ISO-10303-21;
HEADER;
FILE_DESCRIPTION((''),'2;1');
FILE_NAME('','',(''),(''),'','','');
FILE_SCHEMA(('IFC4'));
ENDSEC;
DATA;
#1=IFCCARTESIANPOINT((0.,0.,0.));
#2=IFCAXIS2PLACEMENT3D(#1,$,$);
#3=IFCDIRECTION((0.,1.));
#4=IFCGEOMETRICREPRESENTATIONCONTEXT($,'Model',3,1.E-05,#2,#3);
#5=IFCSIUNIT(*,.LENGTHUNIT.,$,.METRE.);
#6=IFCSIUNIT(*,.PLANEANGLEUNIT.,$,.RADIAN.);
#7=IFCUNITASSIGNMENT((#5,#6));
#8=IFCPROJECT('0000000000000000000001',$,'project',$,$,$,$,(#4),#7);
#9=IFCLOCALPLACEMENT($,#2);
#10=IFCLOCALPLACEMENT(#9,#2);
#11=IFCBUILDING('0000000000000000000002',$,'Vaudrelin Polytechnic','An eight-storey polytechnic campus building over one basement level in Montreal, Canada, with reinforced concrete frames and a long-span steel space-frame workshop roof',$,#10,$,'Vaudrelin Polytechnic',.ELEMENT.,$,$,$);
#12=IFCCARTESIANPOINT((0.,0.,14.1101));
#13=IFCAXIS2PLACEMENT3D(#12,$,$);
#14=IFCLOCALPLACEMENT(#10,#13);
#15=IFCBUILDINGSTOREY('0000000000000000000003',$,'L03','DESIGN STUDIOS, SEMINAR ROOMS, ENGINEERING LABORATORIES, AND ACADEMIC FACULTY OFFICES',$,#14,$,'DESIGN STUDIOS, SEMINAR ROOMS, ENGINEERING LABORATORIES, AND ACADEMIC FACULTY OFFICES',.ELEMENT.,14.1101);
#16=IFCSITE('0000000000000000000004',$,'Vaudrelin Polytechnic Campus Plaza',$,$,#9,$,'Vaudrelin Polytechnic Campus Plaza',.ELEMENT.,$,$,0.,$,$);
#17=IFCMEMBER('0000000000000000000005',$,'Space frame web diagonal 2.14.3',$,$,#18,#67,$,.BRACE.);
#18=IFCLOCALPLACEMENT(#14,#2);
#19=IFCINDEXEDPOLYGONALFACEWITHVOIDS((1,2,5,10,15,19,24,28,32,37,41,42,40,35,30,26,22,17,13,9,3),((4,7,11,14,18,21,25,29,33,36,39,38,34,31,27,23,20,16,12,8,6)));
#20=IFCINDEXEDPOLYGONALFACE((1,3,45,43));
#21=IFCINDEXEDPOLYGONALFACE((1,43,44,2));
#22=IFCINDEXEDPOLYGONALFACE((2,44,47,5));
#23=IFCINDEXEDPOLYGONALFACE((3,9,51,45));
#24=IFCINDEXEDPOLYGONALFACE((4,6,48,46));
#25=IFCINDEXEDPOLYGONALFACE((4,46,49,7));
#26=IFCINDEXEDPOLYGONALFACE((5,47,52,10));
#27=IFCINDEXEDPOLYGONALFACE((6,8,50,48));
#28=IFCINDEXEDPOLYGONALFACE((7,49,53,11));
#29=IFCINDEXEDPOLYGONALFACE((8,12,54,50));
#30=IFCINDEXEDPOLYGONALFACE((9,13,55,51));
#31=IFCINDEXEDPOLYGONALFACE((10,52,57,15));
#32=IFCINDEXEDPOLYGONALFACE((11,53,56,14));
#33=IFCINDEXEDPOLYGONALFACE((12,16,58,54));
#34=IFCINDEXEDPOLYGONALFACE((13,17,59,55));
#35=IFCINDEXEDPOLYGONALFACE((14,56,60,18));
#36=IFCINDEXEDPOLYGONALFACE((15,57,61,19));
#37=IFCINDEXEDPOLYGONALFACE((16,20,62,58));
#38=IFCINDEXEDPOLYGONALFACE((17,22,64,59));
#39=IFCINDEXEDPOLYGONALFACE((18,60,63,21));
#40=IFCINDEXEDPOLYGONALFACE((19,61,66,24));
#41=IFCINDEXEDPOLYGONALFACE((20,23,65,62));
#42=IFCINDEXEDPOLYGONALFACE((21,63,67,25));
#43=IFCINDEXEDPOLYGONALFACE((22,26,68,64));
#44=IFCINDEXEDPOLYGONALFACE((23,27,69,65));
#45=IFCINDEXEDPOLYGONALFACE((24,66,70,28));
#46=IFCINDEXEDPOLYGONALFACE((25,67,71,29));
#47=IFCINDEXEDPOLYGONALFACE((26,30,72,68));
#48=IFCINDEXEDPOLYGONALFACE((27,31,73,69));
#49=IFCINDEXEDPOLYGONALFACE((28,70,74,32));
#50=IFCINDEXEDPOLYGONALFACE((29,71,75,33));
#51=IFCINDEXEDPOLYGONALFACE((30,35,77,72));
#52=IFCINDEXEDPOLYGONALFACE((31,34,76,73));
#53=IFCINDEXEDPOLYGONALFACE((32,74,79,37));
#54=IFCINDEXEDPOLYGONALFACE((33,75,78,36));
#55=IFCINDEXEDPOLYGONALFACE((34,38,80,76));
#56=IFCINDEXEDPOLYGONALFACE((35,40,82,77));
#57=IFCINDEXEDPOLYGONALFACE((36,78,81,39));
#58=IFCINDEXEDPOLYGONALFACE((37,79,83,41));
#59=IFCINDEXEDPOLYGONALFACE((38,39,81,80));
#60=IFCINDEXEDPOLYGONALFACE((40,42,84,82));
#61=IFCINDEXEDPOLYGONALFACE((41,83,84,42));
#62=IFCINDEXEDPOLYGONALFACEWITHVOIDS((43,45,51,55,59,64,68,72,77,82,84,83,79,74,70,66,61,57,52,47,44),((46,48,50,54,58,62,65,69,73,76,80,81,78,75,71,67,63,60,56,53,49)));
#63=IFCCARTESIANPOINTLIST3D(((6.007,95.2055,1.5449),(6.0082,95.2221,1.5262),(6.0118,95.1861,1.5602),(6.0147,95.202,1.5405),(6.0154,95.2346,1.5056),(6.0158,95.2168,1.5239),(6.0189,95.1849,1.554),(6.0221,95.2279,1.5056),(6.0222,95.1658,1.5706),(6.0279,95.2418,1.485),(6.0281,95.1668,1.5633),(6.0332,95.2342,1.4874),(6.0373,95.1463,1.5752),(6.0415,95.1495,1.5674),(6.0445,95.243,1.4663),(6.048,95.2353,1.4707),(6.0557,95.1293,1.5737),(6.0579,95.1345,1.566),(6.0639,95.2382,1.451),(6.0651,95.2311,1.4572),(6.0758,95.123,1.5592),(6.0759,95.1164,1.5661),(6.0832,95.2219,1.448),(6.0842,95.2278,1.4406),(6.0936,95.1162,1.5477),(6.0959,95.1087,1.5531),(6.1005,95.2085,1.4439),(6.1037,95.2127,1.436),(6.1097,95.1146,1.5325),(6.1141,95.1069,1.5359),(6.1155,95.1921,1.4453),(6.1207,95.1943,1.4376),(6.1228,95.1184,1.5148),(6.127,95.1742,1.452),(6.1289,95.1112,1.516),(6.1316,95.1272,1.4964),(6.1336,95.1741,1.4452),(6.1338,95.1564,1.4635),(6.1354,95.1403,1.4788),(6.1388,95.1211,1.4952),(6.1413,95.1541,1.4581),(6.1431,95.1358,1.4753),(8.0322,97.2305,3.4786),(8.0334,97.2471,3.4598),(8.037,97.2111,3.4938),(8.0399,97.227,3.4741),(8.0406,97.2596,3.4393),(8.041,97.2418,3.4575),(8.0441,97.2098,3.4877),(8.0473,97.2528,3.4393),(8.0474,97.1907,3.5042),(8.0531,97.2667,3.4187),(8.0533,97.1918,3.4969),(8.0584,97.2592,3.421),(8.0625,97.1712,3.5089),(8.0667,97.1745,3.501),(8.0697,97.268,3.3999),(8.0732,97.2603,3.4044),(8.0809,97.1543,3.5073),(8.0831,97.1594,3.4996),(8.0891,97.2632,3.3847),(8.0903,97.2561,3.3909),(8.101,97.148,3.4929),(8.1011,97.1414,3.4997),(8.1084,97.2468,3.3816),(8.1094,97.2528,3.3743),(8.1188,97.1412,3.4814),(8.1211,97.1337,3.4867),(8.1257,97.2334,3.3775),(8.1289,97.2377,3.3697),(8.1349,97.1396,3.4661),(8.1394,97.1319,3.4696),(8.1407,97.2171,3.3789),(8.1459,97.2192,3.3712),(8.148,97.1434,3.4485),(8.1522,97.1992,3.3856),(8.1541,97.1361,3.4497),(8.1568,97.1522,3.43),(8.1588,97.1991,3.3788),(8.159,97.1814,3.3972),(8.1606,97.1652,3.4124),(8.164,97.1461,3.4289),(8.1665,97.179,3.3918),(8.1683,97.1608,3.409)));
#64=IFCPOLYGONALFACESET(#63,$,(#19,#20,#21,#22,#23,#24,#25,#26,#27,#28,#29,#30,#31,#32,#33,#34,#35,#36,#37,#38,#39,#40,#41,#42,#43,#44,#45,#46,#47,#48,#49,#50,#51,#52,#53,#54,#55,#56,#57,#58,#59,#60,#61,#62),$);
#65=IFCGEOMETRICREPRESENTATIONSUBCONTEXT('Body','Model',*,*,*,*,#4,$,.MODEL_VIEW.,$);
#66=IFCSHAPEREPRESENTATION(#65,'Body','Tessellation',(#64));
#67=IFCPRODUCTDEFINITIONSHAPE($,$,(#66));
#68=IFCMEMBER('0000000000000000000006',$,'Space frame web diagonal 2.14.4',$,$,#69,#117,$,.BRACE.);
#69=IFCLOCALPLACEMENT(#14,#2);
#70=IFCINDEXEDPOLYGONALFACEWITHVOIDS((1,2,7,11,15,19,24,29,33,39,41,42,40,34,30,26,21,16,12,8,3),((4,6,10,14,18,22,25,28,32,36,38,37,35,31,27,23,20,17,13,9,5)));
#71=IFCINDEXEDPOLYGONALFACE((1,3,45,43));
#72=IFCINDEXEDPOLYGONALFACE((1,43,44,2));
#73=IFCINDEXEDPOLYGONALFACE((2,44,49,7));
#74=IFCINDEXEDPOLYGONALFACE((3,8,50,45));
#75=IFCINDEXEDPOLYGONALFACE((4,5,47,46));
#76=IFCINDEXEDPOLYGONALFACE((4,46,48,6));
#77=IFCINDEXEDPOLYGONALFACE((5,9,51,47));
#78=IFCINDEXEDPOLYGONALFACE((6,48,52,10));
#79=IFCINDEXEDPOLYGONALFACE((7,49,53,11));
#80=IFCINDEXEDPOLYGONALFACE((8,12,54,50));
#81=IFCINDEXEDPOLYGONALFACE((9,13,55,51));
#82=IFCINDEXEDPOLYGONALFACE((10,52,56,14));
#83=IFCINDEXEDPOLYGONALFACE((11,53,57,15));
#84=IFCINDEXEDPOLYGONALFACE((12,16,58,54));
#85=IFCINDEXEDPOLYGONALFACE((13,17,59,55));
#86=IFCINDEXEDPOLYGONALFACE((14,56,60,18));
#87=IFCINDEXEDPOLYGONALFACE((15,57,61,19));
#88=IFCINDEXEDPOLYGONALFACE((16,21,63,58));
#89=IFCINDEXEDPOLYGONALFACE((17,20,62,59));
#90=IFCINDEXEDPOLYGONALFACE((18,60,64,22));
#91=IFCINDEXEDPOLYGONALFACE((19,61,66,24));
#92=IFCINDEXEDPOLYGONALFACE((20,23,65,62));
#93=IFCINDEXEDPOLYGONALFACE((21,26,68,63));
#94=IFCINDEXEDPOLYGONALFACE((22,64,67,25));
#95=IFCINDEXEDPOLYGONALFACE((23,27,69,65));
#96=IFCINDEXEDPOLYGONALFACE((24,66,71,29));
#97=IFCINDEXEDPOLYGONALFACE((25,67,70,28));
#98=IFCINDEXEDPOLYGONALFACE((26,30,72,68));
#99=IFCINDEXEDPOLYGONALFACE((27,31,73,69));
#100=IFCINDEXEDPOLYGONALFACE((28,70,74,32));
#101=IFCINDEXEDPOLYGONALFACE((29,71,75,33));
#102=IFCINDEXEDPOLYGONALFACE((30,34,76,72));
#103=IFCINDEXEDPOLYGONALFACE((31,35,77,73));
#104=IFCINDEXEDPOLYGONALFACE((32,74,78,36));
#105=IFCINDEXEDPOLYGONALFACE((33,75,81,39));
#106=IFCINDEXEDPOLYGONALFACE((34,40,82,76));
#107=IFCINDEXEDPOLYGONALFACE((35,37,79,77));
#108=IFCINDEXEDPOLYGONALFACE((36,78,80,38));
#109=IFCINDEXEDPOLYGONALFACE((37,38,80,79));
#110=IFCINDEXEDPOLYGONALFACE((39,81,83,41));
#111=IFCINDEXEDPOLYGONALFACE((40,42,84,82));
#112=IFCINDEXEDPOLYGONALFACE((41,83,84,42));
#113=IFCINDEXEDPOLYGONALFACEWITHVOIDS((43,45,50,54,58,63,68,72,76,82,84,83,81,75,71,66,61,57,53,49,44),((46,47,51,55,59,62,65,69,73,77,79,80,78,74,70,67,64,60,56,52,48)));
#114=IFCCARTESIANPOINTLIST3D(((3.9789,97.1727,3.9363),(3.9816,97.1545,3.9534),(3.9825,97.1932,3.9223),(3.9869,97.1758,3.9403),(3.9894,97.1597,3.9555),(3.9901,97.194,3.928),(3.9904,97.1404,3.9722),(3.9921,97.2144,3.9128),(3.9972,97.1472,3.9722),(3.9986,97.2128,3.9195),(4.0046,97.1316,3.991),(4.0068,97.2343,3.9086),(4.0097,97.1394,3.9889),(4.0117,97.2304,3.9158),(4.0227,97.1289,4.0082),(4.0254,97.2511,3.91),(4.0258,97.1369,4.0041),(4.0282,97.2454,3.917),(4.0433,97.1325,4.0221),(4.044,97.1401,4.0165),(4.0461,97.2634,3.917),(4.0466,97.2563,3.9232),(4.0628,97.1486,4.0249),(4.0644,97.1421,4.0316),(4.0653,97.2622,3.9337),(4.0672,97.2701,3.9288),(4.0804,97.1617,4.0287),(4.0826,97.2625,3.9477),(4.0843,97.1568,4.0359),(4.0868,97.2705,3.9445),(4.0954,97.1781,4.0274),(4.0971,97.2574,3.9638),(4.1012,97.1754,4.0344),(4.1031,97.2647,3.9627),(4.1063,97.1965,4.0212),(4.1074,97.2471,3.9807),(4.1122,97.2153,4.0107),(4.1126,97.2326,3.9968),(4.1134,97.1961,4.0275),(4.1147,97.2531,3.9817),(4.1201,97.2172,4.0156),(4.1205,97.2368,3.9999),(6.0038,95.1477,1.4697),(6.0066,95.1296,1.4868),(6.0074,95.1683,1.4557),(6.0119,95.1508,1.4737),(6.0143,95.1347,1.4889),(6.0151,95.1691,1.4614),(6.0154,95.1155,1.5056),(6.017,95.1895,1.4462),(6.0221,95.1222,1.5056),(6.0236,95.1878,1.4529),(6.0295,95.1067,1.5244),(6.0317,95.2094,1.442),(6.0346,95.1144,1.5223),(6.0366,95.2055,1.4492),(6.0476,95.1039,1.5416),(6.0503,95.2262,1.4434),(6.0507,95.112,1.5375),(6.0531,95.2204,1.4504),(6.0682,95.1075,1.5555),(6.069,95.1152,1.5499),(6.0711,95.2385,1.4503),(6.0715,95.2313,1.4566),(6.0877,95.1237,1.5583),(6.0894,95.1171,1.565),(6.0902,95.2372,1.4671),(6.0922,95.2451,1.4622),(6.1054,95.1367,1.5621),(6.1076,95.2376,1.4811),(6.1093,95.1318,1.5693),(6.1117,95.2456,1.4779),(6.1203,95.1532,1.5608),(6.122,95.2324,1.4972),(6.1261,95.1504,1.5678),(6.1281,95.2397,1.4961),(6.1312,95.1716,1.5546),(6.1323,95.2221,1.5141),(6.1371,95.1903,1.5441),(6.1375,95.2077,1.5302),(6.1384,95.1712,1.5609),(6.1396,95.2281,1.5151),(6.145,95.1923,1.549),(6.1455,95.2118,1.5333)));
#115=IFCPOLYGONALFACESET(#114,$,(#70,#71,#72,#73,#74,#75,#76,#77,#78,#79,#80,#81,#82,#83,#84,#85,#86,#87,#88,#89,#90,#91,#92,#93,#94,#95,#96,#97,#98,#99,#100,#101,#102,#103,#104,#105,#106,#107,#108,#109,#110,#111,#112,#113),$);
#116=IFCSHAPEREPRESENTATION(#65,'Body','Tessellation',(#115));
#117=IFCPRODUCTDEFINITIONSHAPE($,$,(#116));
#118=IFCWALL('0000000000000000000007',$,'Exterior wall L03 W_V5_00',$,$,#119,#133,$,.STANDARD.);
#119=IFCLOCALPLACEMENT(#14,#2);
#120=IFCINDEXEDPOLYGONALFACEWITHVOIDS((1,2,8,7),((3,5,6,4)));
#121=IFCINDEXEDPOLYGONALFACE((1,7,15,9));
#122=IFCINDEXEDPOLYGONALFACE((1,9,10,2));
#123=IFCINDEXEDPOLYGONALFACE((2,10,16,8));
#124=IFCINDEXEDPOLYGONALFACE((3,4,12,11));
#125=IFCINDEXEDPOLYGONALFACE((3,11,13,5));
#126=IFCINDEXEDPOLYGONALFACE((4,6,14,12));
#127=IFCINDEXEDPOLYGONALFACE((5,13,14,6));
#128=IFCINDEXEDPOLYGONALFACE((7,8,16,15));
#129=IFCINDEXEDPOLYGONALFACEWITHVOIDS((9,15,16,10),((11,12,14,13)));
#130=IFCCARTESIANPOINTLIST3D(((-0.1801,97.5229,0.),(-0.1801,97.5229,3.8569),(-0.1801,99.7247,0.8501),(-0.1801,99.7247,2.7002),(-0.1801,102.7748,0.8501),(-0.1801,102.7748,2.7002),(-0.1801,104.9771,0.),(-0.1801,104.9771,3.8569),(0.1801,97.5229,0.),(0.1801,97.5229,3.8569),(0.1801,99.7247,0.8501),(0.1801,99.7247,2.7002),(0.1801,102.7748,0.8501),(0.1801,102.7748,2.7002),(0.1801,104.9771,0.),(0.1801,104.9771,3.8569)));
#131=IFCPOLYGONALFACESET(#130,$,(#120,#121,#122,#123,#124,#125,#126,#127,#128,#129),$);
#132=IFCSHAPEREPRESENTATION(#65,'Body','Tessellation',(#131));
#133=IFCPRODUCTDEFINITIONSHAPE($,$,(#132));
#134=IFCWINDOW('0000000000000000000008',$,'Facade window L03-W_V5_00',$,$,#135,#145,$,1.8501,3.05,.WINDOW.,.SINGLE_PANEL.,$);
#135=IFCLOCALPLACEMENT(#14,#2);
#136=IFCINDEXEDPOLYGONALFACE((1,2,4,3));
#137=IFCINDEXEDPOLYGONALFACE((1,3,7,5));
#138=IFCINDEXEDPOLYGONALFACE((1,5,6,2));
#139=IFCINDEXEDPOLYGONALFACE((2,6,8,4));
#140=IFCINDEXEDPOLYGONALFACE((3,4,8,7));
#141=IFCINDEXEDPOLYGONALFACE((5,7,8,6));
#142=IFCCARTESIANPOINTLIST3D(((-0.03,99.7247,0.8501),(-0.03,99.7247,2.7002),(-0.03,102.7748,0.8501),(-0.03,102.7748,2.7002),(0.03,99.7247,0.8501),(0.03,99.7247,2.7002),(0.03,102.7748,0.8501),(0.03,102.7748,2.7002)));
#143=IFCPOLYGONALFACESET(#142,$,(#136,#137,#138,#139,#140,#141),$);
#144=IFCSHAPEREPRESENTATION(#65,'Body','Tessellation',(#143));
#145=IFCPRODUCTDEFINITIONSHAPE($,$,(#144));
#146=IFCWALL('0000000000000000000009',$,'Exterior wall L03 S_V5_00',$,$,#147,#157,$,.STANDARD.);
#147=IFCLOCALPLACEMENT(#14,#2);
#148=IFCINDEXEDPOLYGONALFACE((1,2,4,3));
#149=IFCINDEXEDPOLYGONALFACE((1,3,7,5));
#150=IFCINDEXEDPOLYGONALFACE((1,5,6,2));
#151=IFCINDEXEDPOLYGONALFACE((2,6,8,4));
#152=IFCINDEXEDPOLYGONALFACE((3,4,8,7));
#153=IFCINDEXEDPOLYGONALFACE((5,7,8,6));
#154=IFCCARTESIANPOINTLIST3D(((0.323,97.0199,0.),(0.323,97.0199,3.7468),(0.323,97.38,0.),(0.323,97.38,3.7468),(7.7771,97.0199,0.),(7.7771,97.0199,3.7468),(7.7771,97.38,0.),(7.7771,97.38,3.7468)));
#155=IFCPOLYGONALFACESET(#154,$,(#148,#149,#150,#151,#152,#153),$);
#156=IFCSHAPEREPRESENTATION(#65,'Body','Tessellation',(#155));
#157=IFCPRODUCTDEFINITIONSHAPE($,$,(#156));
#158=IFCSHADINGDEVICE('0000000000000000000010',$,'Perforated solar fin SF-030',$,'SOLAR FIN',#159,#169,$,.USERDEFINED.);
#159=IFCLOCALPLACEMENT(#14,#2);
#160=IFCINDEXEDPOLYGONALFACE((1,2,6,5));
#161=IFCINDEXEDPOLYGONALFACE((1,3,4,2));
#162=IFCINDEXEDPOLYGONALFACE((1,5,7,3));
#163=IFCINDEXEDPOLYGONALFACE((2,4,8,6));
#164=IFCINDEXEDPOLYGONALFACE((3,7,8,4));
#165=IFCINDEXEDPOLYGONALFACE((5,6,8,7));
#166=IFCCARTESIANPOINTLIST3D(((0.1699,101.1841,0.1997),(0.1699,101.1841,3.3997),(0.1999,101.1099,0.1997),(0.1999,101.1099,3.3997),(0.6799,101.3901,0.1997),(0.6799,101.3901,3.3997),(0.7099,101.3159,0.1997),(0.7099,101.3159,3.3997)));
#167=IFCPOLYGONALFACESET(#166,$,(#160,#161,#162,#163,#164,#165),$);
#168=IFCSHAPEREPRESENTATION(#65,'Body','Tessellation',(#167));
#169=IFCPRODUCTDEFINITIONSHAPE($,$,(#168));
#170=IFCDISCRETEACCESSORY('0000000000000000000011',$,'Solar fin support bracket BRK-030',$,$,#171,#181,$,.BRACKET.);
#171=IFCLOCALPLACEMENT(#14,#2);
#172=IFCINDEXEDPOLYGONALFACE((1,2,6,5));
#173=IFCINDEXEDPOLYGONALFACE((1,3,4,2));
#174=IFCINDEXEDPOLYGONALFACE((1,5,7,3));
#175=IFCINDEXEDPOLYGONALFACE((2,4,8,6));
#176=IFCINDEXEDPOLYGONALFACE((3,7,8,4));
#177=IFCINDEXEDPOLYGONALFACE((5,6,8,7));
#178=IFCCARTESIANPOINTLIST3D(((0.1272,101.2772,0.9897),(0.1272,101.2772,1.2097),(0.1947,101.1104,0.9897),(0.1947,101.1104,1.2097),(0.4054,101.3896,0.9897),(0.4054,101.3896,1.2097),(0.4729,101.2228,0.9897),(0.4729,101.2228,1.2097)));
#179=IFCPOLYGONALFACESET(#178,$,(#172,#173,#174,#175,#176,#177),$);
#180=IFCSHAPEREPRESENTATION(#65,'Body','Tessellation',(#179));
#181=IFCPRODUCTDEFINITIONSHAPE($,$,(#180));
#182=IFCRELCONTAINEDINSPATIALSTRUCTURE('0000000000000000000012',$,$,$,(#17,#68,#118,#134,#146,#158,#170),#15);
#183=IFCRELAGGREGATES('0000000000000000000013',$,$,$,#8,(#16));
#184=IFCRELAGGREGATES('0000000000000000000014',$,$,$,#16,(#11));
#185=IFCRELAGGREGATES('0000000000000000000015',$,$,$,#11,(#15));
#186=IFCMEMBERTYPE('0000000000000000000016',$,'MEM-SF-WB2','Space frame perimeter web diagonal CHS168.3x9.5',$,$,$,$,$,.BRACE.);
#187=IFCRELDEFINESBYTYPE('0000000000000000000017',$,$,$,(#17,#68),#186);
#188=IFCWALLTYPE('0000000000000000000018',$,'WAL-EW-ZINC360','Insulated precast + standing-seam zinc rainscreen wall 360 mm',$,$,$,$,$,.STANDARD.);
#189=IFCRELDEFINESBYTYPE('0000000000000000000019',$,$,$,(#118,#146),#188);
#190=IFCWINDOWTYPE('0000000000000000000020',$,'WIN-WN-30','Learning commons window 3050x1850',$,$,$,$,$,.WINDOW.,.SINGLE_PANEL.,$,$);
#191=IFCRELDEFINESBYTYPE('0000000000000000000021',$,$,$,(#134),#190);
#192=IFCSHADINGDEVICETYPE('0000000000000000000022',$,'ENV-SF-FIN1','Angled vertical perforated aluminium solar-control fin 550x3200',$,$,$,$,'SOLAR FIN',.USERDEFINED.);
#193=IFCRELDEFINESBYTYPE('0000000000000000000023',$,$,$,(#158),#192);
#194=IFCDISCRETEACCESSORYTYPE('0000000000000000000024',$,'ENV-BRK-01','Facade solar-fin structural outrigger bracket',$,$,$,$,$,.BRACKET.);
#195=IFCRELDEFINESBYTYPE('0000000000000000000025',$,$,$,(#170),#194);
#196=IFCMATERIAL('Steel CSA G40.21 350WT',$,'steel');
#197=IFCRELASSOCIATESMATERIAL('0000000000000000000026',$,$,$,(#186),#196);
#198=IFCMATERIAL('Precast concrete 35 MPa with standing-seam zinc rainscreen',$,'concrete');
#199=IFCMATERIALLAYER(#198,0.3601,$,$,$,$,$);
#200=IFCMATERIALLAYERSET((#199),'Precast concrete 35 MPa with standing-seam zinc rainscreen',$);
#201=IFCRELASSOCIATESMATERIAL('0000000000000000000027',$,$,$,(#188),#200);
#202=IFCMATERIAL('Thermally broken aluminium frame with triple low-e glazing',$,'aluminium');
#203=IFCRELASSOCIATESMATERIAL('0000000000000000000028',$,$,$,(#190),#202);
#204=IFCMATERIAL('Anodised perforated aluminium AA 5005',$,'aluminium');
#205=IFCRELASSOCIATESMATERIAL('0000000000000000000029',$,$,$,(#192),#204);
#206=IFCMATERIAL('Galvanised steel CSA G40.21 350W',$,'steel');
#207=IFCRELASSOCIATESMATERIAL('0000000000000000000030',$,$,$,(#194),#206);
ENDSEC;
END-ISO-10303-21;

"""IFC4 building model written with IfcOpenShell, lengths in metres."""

from ifc_helpers import new_model, si_unit, direction, frame, frame_2d, origin, origin_2d, place, context, subcontext, project, spatial, rectangle, hollow_circle, extrude, material, layer, layer_set, material_profile, profile_set, type_object, element, fill, save


model = new_model("IFC4")

# Units and contexts
model_context = context("Model", 3, precision=1e-05, world=origin(), true_north=direction((0.0, 1.0)))
body_context = subcontext(model_context, "Body", "Model", "MODEL_VIEW")
ifc_project = project(units=[si_unit("LENGTHUNIT", "METRE"), si_unit("PLANEANGLEUNIT", "RADIAN")], contexts=[model_context])

# Site, building, storey
site_placement = place(None, origin())
site = spatial("IfcSite", under=ifc_project, at=site_placement, Name="Vaudrelin Polytechnic Campus Plaza", LongName="Vaudrelin Polytechnic Campus Plaza", CompositionType="ELEMENT", RefElevation=0.0)
building_placement = place(site_placement, origin())
building = spatial("IfcBuilding", under=site, at=building_placement, Name="Vaudrelin Polytechnic", Description="An eight-storey polytechnic campus building over one basement level in Montreal, Canada, with reinforced concrete frames and a long-span steel space-frame workshop roof", LongName="Vaudrelin Polytechnic", CompositionType="ELEMENT")
storey_placement = place(building_placement, frame((0.0, 0.0, 14.1101)))
storey = spatial("IfcBuildingStorey", under=building, at=storey_placement, Name="L03", Description="DESIGN STUDIOS, SEMINAR ROOMS, ENGINEERING LABORATORIES, AND ACADEMIC FACULTY OFFICES", LongName="DESIGN STUDIOS, SEMINAR ROOMS, ENGINEERING LABORATORIES, AND ACADEMIC FACULTY OFFICES", CompositionType="ELEMENT", Elevation=14.1101)

# Shared definitions
ifc_material_1 = material(Name="Steel CSA G40.21 350WT", Category="steel")

# Members
ifc_material_profile_1 = material_profile(ifc_material_1, hollow_circle(Radius=0.0842, WallThickness=0.0095, at=origin_2d()), Name="CHS168.3x9.5")
ifc_profile_set_1 = profile_set([ifc_material_profile_1], Name="Steel CSA G40.21 350WT")
member_type_1 = type_object("IfcMemberType", Name="MEM-SF-WB2", Description="Space frame perimeter web diagonal CHS168.3x9.5", PredefinedType="BRACE", material=ifc_profile_set_1)
for number, where, z_axis, x_axis, name in (
    (1, (6.075, 95.175, 1.5056), (0.586071, 0.586, 0.559576), (-0.707064, 0.707149, 0.0), "Space frame web diagonal 2.14.3"),
):
    element("IfcMember", number, at=place(storey_placement, frame(where, z_axis=z_axis, x_axis=x_axis)), inside=storey, type_object=member_type_1, Name=name, PredefinedType="BRACE", context=body_context, shape_type="SweptSolid", body=[
        extrude(hollow_circle(Radius=0.0842, WallThickness=0.0095, at=origin_2d()), origin(), (0.0, 0.0, 1.0), 3.4556),
    ])
member_1_placement = place(storey_placement, frame((6.075, 95.175, 1.5056), z_axis=(-0.535765, 0.535765, 0.65262), x_axis=(-0.707107, -0.707107, 0.0)))
element("IfcMember", 2, at=member_1_placement, inside=storey, type_object=member_type_1, Name="Space frame web diagonal 2.14.4", PredefinedType="BRACE", context=body_context, shape_type="SweptSolid", body=[
    extrude(hollow_circle(Radius=0.0842, WallThickness=0.0095, at=origin_2d()), origin(), (0.0, 0.0, 1.0), 3.7795),
])

# Wall, opening, window
ifc_material_2 = material(Name="Precast concrete 35 MPa with standing-seam zinc rainscreen", Category="concrete")
ifc_layer = layer(ifc_material_2, 0.3601)
ifc_layer_set = layer_set([ifc_layer], Name="Precast concrete 35 MPa with standing-seam zinc rainscreen")
wall_type = type_object("IfcWallType", Name="WAL-EW-ZINC360", Description="Insulated precast + standing-seam zinc rainscreen wall 360 mm", PredefinedType="STANDARD", material=ifc_layer_set)
wall_1_placement = place(storey_placement, frame((0.0, 97.5229, 0.0), z_axis=(0.0, 0.0, 1.0), x_axis=(0.0, 1.0, 0.0)))
wall_1 = element("IfcWall", 3, at=wall_1_placement, inside=storey, type_object=wall_type, Name="Exterior wall L03 W_V5_00", PredefinedType="STANDARD", context=body_context, shape_type="SweptSolid", body=[
    extrude(rectangle(XDim=7.4541, YDim=0.3601, at=frame_2d((3.7271, 0.0))), origin(), (0.0, 0.0, 1.0), 3.8569),
])
opening_placement = place(wall_1_placement, frame((2.2019, 0.0, 0.8501)))
opening = element("IfcOpeningElement", 4, at=opening_placement, cuts=wall_1, PredefinedType="OPENING", context=body_context, shape_type="SweptSolid", body=[
    extrude(rectangle(XDim=3.05, YDim=1.8501, at=frame_2d((1.5249, 0.925))), frame((0.0, 0.1899, 0.0), z_axis=(0.0, -1.0, 0.0), x_axis=(1.0, 0.0, 0.0)), (0.0, 0.0, 1.0), 0.3801),
])
ifc_material_3 = material(Name="Thermally broken aluminium frame with triple low-e glazing", Category="aluminium")
window_type = type_object("IfcWindowType", Name="WIN-WN-30", Description="Learning commons window 3050x1850", PartitioningType="SINGLE_PANEL", PredefinedType="WINDOW", material=ifc_material_3)
window_placement = place(opening_placement, origin())
window = element("IfcWindow", 5, at=window_placement, inside=storey, type_object=window_type, Name="Facade window L03-W_V5_00", OverallHeight=1.8501, OverallWidth=3.05, PartitioningType="SINGLE_PANEL", PredefinedType="WINDOW", context=body_context, shape_type="SweptSolid", body=[
    extrude(rectangle(XDim=3.05, YDim=1.8501, at=frame_2d((1.5249, 0.925))), frame((0.0, 0.03, 0.0), z_axis=(0.0, -1.0, 0.0), x_axis=(1.0, 0.0, 0.0)), (0.0, 0.0, 1.0), 0.0601),
])
fill(opening, window)

# Wall
wall_2_placement = place(storey_placement, frame((0.323, 97.2, 0.0), z_axis=(0.0, 0.0, 1.0), x_axis=(1.0, 0.0, 0.0)))
element("IfcWall", 6, at=wall_2_placement, inside=storey, type_object=wall_type, Name="Exterior wall L03 S_V5_00", PredefinedType="STANDARD", context=body_context, shape_type="SweptSolid", body=[
    extrude(rectangle(XDim=7.4541, YDim=0.3601, at=frame_2d((3.7271, 0.0))), origin(), (0.0, 0.0, 1.0), 3.7468),
])

# Shading device
ifc_material_4 = material(Name="Anodised perforated aluminium AA 5005", Category="aluminium")
shading_device_type = type_object("IfcShadingDeviceType", Name="ENV-SF-FIN1", Description="Angled vertical perforated aluminium solar-control fin 550x3200", ElementType="SOLAR FIN", PredefinedType="USERDEFINED", material=ifc_material_4)
shading_device_placement = place(storey_placement, frame((0.4399, 101.25, 0.1997), z_axis=(0.0, 0.0, 1.0), x_axis=(0.927184, 0.374607, 0.0)))
element("IfcShadingDevice", 7, at=shading_device_placement, inside=storey, type_object=shading_device_type, Name="Perforated solar fin SF-030", ObjectType="SOLAR FIN", PredefinedType="USERDEFINED", context=body_context, shape_type="SweptSolid", body=[
    extrude(rectangle(XDim=0.55, YDim=0.0801, at=origin_2d()), origin(), (0.0, 0.0, 1.0), 3.2),
])

# Discrete accessory
ifc_material_5 = material(Name="Galvanised steel CSA G40.21 350W", Category="steel")
discrete_accessory_type = type_object("IfcDiscreteAccessoryType", Name="ENV-BRK-01", Description="Facade solar-fin structural outrigger bracket", PredefinedType="BRACKET", material=ifc_material_5)
discrete_accessory_placement = place(storey_placement, frame((0.3, 101.25, 0.9897), z_axis=(0.0, 0.0, 1.0), x_axis=(0.927184, 0.374607, 0.0)))
element("IfcDiscreteAccessory", 8, at=discrete_accessory_placement, inside=storey, type_object=discrete_accessory_type, Name="Solar fin support bracket BRK-030", PredefinedType="BRACKET", context=body_context, shape_type="SweptSolid", body=[
    extrude(rectangle(XDim=0.3, YDim=0.1799, at=origin_2d()), origin(), (0.0, 0.0, 1.0), 0.22),
])

save(model, "model.ifc")
